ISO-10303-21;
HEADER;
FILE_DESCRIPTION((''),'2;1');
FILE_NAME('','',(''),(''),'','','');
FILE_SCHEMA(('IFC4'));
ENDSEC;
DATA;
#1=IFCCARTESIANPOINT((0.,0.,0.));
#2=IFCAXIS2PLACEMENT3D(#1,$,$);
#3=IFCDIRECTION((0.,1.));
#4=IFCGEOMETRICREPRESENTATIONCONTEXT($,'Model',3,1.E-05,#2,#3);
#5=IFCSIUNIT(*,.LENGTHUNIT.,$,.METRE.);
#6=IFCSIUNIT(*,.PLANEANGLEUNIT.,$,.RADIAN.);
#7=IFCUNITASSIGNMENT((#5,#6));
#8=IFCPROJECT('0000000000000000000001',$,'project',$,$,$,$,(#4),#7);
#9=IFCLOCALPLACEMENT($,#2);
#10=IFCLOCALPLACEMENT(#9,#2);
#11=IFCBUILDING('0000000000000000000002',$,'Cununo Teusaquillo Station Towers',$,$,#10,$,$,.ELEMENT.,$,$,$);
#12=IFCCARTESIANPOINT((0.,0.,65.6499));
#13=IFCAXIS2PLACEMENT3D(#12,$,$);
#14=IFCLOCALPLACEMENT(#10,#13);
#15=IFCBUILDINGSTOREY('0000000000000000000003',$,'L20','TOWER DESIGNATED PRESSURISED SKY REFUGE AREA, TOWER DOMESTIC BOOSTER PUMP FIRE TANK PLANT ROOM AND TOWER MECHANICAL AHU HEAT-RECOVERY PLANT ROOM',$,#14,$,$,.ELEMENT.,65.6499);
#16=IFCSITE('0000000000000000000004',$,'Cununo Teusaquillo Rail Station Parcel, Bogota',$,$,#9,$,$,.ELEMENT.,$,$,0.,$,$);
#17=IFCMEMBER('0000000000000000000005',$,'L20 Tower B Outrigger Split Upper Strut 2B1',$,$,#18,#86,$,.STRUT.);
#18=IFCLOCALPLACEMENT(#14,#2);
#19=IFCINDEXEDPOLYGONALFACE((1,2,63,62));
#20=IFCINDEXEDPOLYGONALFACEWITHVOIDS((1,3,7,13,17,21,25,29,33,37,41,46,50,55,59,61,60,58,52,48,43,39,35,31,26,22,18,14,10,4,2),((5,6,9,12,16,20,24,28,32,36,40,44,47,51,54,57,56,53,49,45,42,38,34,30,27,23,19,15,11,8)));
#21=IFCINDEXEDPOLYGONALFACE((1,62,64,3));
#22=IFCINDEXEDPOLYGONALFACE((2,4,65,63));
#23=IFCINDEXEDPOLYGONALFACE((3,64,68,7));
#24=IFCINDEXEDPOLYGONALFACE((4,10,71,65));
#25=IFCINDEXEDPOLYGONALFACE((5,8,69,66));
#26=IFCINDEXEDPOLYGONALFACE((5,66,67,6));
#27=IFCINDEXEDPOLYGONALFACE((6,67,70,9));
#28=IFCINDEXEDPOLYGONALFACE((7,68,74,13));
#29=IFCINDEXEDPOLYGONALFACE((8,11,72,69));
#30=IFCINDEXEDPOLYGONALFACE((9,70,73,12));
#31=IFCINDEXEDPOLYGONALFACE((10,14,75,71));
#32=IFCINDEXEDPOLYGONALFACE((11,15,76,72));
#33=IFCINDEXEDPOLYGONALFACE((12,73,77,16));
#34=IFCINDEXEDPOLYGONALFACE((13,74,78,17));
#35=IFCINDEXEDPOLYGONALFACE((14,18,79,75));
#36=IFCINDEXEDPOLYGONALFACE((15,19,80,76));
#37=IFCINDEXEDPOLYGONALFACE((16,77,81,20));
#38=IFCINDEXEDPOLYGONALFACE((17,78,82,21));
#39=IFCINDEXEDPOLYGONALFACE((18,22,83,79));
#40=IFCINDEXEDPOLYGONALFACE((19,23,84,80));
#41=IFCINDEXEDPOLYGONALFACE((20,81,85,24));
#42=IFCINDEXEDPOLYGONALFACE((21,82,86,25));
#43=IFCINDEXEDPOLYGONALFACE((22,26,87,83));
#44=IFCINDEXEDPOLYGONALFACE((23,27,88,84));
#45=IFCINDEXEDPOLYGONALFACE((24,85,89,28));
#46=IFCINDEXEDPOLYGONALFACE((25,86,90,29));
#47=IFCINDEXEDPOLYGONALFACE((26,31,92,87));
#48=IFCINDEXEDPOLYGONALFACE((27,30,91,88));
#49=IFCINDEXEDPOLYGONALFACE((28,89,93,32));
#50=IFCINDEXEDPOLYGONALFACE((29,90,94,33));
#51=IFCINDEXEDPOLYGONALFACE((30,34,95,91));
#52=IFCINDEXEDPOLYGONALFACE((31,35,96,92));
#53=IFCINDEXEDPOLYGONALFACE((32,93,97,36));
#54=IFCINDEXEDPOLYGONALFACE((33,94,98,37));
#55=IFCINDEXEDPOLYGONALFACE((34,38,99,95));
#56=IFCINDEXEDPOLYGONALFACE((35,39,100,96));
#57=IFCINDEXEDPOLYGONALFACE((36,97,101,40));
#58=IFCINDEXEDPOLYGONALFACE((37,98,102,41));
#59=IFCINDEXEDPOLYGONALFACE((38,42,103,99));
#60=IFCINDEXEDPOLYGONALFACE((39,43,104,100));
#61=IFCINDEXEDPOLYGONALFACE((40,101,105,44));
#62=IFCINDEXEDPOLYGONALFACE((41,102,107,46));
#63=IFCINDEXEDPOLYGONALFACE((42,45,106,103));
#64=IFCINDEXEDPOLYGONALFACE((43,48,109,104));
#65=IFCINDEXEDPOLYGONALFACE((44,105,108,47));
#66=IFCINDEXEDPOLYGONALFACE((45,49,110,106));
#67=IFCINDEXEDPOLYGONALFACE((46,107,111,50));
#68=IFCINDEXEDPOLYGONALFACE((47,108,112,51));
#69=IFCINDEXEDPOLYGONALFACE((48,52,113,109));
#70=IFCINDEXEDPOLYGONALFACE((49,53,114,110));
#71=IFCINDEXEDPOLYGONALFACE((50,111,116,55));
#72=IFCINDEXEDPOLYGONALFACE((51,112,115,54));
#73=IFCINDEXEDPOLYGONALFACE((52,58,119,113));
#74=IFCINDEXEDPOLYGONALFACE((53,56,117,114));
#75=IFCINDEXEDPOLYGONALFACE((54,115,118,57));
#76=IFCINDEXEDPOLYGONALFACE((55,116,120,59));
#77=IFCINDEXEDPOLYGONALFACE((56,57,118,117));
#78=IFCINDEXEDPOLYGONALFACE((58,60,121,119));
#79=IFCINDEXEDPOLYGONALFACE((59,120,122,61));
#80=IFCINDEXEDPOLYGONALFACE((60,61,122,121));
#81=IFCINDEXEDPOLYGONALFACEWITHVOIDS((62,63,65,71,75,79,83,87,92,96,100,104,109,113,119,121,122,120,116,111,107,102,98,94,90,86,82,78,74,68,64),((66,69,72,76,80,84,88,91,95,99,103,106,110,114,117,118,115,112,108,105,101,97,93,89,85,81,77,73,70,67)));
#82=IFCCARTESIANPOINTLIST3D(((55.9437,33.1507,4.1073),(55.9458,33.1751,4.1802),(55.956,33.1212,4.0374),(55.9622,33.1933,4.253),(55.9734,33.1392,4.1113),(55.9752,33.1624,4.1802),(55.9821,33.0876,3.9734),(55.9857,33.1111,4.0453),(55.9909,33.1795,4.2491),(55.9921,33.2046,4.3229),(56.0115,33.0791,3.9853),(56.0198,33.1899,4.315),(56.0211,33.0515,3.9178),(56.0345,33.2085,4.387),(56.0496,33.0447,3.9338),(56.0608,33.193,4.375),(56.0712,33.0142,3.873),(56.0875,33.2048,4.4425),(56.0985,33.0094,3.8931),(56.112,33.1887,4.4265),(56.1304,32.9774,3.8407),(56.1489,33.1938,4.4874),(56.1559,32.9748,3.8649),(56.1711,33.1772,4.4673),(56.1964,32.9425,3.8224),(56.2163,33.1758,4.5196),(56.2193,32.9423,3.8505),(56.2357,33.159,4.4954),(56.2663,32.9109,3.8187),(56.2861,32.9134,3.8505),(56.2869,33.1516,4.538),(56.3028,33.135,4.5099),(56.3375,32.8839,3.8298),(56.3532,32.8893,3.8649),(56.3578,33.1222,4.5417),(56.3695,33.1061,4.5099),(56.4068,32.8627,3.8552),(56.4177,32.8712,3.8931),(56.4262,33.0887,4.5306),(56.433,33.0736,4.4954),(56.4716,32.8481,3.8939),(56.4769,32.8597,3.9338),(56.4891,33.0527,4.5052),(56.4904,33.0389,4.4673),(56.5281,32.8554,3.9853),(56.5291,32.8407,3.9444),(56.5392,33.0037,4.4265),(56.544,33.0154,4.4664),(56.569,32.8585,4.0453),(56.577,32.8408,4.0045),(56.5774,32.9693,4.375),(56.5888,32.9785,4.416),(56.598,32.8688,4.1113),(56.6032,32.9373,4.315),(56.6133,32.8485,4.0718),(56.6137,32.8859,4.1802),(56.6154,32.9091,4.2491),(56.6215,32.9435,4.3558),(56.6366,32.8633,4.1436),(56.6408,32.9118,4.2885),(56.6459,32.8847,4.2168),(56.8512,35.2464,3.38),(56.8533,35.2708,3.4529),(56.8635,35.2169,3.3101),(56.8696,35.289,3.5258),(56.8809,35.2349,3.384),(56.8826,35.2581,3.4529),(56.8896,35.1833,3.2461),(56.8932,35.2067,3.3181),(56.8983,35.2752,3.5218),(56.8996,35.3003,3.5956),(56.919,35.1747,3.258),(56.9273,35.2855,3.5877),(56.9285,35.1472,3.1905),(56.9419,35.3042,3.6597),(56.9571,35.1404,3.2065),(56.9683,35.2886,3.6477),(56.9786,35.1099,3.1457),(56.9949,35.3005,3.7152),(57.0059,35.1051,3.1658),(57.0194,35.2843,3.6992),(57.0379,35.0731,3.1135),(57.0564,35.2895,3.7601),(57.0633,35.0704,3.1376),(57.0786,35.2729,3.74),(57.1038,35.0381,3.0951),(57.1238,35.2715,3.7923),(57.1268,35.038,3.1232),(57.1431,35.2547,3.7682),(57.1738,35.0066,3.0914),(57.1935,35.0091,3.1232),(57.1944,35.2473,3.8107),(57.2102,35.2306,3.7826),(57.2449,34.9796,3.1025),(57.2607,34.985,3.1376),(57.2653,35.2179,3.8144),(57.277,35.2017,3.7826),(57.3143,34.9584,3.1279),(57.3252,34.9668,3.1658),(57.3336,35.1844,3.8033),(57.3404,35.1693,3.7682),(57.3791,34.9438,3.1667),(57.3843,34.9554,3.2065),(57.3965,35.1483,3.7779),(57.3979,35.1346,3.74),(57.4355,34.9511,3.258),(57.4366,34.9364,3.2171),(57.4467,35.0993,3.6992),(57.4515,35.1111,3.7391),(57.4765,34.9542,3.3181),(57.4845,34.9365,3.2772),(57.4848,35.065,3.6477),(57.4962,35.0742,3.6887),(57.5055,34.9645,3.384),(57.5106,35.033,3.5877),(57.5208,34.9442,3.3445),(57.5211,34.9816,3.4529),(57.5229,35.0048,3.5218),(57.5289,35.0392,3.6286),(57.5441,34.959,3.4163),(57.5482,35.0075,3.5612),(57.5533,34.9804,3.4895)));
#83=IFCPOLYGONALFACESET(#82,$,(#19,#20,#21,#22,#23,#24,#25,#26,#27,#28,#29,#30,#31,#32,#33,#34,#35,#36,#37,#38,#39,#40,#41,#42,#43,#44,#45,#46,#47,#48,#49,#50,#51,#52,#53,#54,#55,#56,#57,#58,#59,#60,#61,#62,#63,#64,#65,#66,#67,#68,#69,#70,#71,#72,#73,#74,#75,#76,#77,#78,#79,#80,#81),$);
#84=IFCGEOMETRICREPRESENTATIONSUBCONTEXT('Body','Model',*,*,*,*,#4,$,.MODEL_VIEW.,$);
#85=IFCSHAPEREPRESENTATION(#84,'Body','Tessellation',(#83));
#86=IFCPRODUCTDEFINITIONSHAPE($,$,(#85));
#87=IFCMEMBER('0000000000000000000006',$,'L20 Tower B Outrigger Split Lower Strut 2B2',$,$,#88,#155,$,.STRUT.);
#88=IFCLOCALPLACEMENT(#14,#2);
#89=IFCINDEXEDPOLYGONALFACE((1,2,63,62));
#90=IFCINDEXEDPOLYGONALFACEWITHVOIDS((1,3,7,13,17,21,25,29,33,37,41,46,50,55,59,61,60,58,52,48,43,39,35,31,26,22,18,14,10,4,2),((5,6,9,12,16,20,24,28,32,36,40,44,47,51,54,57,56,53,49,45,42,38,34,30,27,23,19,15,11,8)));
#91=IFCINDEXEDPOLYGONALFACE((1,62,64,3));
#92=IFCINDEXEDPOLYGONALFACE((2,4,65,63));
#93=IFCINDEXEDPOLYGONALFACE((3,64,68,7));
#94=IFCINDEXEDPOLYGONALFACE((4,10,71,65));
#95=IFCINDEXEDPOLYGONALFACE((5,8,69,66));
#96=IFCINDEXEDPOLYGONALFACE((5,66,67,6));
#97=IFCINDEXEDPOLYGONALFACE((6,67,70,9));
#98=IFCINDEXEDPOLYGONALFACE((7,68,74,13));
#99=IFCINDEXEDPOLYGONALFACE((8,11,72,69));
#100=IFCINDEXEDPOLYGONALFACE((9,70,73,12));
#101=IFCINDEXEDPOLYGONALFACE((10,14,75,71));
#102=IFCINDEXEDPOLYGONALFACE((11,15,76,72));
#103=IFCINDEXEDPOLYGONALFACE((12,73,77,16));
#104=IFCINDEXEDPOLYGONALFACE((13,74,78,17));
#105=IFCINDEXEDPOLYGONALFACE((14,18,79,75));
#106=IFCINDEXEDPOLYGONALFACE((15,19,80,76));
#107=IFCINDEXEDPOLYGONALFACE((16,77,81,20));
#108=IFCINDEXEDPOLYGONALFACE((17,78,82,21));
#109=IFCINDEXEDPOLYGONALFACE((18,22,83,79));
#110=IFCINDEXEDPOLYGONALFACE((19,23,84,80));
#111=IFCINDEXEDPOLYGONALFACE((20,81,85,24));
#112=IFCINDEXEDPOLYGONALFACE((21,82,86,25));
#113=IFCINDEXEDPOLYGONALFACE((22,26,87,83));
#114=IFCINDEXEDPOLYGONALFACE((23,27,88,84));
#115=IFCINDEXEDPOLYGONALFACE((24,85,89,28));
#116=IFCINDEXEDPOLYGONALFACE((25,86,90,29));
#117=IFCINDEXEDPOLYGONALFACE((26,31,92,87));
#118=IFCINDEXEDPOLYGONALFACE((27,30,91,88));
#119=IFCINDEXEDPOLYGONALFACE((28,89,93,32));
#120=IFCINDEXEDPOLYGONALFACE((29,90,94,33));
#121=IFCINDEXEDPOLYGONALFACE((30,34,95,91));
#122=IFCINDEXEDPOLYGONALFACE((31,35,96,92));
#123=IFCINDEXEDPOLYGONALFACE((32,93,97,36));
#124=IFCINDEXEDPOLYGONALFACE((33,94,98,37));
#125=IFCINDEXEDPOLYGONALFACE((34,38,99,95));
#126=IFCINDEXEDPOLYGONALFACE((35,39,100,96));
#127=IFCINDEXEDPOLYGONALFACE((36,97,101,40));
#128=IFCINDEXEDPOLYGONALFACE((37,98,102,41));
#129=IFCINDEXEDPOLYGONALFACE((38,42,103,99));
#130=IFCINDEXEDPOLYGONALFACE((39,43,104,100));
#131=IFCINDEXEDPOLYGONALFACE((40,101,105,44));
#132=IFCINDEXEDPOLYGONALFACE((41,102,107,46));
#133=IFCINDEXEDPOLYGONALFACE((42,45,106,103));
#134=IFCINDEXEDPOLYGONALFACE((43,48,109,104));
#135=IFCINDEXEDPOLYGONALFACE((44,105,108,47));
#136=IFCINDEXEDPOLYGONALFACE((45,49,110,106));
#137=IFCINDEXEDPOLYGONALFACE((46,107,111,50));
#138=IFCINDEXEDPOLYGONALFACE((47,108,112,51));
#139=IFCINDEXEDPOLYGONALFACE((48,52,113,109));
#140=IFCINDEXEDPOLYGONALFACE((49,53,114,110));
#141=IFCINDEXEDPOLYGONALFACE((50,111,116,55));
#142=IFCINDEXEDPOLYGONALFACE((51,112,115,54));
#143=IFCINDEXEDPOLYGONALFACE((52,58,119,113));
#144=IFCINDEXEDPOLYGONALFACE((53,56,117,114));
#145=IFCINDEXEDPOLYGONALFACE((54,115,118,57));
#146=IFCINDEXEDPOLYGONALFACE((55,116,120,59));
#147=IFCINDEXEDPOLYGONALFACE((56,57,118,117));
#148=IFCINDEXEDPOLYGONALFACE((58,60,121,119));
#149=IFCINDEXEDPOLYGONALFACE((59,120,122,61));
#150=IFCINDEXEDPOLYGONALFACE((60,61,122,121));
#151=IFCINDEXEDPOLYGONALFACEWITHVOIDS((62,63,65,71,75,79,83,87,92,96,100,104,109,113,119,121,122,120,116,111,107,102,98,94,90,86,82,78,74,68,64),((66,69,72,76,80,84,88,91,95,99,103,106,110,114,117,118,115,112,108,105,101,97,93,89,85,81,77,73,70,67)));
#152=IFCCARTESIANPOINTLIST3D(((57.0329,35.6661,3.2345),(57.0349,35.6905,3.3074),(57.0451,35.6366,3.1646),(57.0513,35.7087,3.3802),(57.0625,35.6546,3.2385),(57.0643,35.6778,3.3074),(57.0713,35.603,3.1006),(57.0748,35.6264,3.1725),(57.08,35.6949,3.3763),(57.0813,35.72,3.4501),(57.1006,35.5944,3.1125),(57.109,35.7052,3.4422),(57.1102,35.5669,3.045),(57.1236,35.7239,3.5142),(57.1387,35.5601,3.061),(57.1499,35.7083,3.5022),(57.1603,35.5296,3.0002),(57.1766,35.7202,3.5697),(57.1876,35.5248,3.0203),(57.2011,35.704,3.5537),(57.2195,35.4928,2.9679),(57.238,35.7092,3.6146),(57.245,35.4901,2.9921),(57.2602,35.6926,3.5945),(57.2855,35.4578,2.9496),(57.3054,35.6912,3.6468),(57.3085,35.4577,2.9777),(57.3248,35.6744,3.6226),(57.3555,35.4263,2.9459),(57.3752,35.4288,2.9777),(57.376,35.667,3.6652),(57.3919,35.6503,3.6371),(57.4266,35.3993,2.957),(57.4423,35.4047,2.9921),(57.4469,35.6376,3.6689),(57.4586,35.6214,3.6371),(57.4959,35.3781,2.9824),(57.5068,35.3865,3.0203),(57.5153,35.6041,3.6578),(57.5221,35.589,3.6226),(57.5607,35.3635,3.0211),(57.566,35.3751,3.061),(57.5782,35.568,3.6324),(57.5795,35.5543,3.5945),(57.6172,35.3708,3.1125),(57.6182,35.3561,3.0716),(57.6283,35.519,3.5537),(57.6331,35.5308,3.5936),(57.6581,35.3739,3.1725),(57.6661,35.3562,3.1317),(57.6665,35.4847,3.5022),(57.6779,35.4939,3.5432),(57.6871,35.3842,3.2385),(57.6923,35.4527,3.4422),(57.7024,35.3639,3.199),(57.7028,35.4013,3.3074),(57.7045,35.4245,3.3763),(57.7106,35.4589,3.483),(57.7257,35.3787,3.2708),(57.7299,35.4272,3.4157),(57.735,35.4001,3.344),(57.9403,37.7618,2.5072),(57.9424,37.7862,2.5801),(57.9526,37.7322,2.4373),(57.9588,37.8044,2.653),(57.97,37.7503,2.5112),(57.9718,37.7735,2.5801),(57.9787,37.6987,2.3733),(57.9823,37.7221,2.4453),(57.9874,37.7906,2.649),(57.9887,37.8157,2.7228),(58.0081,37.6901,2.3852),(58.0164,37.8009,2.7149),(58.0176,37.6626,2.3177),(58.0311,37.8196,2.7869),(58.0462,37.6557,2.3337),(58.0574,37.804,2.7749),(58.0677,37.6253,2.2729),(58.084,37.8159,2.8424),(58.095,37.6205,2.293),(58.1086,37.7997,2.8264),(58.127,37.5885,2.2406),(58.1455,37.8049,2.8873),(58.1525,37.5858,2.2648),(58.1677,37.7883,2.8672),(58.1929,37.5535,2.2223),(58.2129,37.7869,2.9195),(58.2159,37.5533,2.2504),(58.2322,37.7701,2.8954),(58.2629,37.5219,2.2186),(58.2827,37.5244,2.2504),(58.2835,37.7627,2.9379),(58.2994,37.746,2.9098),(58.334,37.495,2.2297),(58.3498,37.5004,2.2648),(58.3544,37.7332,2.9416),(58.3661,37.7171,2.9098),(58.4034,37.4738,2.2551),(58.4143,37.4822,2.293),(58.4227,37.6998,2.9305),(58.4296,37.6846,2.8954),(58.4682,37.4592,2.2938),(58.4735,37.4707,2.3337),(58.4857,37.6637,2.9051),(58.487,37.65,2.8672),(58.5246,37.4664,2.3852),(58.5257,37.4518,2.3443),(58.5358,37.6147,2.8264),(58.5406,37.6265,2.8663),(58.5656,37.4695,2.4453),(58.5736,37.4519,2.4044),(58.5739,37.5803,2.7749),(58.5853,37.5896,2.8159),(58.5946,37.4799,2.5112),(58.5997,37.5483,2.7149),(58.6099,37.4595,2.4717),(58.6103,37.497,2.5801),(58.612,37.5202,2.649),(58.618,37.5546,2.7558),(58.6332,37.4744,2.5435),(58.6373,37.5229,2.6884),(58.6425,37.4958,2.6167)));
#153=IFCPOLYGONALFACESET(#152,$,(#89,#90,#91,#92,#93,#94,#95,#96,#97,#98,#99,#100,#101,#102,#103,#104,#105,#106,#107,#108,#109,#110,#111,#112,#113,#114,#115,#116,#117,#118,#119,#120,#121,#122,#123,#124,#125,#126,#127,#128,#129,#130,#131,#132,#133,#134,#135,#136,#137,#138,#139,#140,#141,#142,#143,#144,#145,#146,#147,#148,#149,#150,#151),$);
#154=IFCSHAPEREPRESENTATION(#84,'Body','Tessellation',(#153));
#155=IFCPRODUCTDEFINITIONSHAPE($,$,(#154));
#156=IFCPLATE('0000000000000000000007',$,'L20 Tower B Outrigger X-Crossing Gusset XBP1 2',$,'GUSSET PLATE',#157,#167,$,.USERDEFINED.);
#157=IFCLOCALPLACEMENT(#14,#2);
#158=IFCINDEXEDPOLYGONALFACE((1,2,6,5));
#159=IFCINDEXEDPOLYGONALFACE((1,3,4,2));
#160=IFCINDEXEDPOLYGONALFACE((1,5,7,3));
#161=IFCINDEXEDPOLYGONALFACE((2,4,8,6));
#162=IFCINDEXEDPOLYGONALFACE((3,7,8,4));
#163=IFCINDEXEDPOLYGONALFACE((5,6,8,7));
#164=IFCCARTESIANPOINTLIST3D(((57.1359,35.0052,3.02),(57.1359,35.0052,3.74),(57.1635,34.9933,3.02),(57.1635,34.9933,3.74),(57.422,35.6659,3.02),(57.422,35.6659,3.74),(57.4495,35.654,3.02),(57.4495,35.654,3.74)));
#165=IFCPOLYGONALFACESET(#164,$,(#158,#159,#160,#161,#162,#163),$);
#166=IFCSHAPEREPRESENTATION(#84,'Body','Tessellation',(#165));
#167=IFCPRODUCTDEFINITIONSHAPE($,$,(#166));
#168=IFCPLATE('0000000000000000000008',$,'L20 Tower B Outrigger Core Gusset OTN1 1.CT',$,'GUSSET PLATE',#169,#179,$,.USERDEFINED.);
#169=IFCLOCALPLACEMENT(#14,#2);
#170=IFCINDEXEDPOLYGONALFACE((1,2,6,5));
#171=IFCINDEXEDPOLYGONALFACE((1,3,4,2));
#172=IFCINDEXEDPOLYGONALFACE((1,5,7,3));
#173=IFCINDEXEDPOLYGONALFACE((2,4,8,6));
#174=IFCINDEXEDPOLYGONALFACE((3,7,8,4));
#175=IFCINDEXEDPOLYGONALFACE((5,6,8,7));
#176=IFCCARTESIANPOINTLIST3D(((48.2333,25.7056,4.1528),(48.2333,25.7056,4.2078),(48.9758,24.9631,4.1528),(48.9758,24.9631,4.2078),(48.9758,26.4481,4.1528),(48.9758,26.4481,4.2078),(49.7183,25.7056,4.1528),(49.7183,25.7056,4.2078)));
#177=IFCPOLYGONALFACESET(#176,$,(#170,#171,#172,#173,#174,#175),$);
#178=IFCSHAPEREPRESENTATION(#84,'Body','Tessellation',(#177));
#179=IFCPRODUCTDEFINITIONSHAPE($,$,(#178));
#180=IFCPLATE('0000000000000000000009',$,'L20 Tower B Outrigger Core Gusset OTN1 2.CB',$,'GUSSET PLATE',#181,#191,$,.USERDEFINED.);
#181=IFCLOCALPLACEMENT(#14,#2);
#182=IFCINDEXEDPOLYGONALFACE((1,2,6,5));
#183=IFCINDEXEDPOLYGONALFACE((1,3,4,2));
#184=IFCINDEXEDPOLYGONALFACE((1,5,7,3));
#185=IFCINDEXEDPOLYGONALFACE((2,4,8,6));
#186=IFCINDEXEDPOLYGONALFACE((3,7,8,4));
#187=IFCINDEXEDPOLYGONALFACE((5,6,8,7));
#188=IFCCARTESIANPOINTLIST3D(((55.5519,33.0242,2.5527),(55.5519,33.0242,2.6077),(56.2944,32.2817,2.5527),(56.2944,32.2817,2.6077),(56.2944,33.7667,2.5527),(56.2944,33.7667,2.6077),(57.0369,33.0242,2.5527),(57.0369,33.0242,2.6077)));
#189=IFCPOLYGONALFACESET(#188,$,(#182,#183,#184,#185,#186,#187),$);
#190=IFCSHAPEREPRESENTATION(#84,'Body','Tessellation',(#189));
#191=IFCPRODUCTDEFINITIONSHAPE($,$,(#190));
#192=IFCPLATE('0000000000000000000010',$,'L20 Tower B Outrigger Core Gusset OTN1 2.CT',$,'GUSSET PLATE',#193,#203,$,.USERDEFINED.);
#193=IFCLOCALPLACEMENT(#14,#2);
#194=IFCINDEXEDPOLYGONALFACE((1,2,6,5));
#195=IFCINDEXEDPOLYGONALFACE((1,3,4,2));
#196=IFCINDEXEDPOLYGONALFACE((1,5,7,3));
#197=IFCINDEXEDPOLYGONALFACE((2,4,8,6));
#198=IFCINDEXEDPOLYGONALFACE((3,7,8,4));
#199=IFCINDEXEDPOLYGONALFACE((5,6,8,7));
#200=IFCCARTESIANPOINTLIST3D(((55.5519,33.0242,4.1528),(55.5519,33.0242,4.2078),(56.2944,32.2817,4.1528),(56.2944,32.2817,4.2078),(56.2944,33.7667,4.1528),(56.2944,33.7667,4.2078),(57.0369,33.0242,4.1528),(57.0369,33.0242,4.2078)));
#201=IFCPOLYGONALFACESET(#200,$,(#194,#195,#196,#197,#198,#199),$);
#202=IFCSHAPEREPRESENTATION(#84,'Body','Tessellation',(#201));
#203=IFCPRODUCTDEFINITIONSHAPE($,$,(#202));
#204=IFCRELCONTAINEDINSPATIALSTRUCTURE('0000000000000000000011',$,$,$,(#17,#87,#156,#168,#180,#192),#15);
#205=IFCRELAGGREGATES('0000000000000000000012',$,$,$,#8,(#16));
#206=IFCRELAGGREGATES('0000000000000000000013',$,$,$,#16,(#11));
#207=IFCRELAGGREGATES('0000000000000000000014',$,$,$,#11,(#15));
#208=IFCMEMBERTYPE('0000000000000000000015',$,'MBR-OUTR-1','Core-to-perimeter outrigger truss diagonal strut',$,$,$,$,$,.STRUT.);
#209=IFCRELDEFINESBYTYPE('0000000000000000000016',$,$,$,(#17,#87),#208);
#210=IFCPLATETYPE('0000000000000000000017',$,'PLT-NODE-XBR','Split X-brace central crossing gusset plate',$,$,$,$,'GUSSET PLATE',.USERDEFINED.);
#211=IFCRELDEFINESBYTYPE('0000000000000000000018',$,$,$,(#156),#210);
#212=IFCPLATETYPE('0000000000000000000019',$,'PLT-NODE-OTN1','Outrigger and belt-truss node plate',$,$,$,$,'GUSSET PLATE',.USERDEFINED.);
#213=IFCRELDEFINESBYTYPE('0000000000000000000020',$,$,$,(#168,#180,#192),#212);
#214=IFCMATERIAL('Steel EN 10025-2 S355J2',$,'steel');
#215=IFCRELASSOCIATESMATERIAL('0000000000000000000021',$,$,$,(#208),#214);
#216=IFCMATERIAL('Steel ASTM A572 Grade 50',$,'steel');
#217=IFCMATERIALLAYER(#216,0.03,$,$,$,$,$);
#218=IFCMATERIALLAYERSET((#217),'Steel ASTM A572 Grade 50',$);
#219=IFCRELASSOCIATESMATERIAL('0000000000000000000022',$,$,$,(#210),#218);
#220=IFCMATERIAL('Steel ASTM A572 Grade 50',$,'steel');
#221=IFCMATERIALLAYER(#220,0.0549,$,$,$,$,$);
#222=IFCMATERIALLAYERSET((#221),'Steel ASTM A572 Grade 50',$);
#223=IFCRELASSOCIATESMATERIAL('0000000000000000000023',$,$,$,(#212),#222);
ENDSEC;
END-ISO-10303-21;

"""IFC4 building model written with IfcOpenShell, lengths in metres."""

from ifc_helpers import new_model, si_unit, direction, frame, origin, origin_2d, place, context, subcontext, project, spatial, rectangle, hollow_circle, extrude, source, transform, mapped, material, layer, layer_set, material_profile, profile_set, type_object, element, save


model = new_model("IFC4")

# Units and contexts
model_context = context("Model", 3, precision=1e-05, world=origin(), true_north=direction((0.0, 1.0)))
body_context = subcontext(model_context, "Body", "Model", "MODEL_VIEW")
ifc_project = project(units=[si_unit("LENGTHUNIT", "METRE"), si_unit("PLANEANGLEUNIT", "RADIAN")], contexts=[model_context])

# Site, building, storey
site_placement = place(None, origin())
site = spatial("IfcSite", under=ifc_project, at=site_placement, Name="Cununo Teusaquillo Rail Station Parcel, Bogota", CompositionType="ELEMENT", RefElevation=0.0)
building_placement = place(site_placement, origin())
building = spatial("IfcBuilding", under=site, at=building_placement, Name="Cununo Teusaquillo Station Towers", CompositionType="ELEMENT")
storey_placement = place(building_placement, frame((0.0, 0.0, 65.6499)))
storey = spatial("IfcBuildingStorey", under=building, at=storey_placement, Name="L20", Description="TOWER DESIGNATED PRESSURISED SKY REFUGE AREA, TOWER DOMESTIC BOOSTER PUMP FIRE TANK PLANT ROOM AND TOWER MECHANICAL AHU HEAT-RECOVERY PLANT ROOM", CompositionType="ELEMENT", Elevation=65.6499)

# Members
ifc_material_1 = material(Name="Steel EN 10025-2 S355J2", Category="steel")
ifc_material_profile_1 = material_profile(ifc_material_1, hollow_circle(Radius=0.3799, WallThickness=0.032, at=origin_2d()), Name="CHS 760x32")
ifc_profile_set_1 = profile_set([ifc_material_profile_1], Name="Steel EN 10025-2 S355J2")
member_type_1 = type_object("IfcMemberType", Name="MBR-OUTR-1", Description="Core-to-perimeter outrigger truss diagonal strut", PredefinedType="STRUT", material=ifc_profile_set_1)
for number, where, z_axis, x_axis, name in (
    (1, (56.2944, 33.0242, 4.1802), (0.378625, 0.874392, -0.30345), (-0.917662, 0.397361, 0.0), "L20 Tower B Outrigger Split Upper Strut 2B1"),
    (2, (57.3835, 35.5396, 3.3074), (0.378625, 0.874392, -0.30345), (-0.917662, 0.397361, 0.0), "L20 Tower B Outrigger Split Lower Strut 2B2"),
):
    element("IfcMember", number, at=place(storey_placement, frame(where, z_axis=z_axis, x_axis=x_axis)), inside=storey, type_object=member_type_1, Name=name, PredefinedType="STRUT", context=body_context, shape_type="SweptSolid", body=[
        extrude(hollow_circle(Radius=0.3799, WallThickness=0.032, at=origin_2d()), origin(), (0.0, 0.0, 1.0), 2.3967),
    ])

# Plates
ifc_material_2 = material(Name="Steel ASTM A572 Grade 50", Category="steel")
ifc_layer_1 = layer(ifc_material_2, 0.03)
ifc_layer_set_1 = layer_set([ifc_layer_1], Name="Steel ASTM A572 Grade 50")
plate_type_1 = type_object("IfcPlateType", Name="PLT-NODE-XBR", Description="Split X-brace central crossing gusset plate", ElementType="GUSSET PLATE", PredefinedType="USERDEFINED", material=ifc_layer_set_1)
shared_shape_1 = source(origin(), body_context, "Body", "SweptSolid", [
    extrude(rectangle(XDim=0.72, YDim=0.03, at=origin_2d()), origin(), (0.0, 0.0, 1.0), 0.72),
])
plate_placement = place(storey_placement, frame((57.2927, 35.3296, 3.02), z_axis=(0.0, 0.0, 1.0), x_axis=(0.397308, 0.917685, 0.0)))
element("IfcPlate", 3, at=plate_placement, inside=storey, type_object=plate_type_1, Name="L20 Tower B Outrigger X-Crossing Gusset XBP1 2", ObjectType="GUSSET PLATE", PredefinedType="USERDEFINED", context=body_context, shape_type="MappedRepresentation", body=[
    mapped(shared_shape_1, transform((0.0, 0.0, 0.0), x_axis=(1.0, 0.0, 0.0), y_axis=(0.0, 1.0, 0.0), z_axis=(0.0, 0.0, 1.0), scale=1.0)),
])
ifc_material_3 = material(Name="Steel ASTM A572 Grade 50", Category="steel")
ifc_layer_2 = layer(ifc_material_3, 0.0549)
ifc_layer_set_2 = layer_set([ifc_layer_2], Name="Steel ASTM A572 Grade 50")
plate_type_2 = type_object("IfcPlateType", Name="PLT-NODE-OTN1", Description="Outrigger and belt-truss node plate", ElementType="GUSSET PLATE", PredefinedType="USERDEFINED", material=ifc_layer_set_2)
shared_shape_2 = source(origin(), body_context, "Body", "SweptSolid", [
    extrude(rectangle(XDim=1.05, YDim=1.05, at=origin_2d()), origin(), (0.0, 0.0, 1.0), 0.0549),
])
for number, where, z_axis, x_axis, name in (
    (4, (48.9758, 25.7056, 4.1528), (0.0, 0.0, 1.0), (0.707107, 0.707107, 0.0), "L20 Tower B Outrigger Core Gusset OTN1 1.CT"),
    (5, (56.2944, 33.0242, 2.5527), (0.0, 0.0, 1.0), (0.707107, 0.707107, 0.0), "L20 Tower B Outrigger Core Gusset OTN1 2.CB"),
    (6, (56.2944, 33.0242, 4.1528), (0.0, 0.0, 1.0), (0.707107, 0.707107, 0.0), "L20 Tower B Outrigger Core Gusset OTN1 2.CT"),
):
    element("IfcPlate", number, at=place(storey_placement, frame(where, z_axis=z_axis, x_axis=x_axis)), inside=storey, type_object=plate_type_2, Name=name, ObjectType="GUSSET PLATE", PredefinedType="USERDEFINED", context=body_context, shape_type="MappedRepresentation", body=[
        mapped(shared_shape_2, transform((0.0, 0.0, 0.0), x_axis=(1.0, 0.0, 0.0), y_axis=(0.0, 1.0, 0.0), z_axis=(0.0, 0.0, 1.0), scale=1.0)),
    ])

save(model, "model.ifc")
